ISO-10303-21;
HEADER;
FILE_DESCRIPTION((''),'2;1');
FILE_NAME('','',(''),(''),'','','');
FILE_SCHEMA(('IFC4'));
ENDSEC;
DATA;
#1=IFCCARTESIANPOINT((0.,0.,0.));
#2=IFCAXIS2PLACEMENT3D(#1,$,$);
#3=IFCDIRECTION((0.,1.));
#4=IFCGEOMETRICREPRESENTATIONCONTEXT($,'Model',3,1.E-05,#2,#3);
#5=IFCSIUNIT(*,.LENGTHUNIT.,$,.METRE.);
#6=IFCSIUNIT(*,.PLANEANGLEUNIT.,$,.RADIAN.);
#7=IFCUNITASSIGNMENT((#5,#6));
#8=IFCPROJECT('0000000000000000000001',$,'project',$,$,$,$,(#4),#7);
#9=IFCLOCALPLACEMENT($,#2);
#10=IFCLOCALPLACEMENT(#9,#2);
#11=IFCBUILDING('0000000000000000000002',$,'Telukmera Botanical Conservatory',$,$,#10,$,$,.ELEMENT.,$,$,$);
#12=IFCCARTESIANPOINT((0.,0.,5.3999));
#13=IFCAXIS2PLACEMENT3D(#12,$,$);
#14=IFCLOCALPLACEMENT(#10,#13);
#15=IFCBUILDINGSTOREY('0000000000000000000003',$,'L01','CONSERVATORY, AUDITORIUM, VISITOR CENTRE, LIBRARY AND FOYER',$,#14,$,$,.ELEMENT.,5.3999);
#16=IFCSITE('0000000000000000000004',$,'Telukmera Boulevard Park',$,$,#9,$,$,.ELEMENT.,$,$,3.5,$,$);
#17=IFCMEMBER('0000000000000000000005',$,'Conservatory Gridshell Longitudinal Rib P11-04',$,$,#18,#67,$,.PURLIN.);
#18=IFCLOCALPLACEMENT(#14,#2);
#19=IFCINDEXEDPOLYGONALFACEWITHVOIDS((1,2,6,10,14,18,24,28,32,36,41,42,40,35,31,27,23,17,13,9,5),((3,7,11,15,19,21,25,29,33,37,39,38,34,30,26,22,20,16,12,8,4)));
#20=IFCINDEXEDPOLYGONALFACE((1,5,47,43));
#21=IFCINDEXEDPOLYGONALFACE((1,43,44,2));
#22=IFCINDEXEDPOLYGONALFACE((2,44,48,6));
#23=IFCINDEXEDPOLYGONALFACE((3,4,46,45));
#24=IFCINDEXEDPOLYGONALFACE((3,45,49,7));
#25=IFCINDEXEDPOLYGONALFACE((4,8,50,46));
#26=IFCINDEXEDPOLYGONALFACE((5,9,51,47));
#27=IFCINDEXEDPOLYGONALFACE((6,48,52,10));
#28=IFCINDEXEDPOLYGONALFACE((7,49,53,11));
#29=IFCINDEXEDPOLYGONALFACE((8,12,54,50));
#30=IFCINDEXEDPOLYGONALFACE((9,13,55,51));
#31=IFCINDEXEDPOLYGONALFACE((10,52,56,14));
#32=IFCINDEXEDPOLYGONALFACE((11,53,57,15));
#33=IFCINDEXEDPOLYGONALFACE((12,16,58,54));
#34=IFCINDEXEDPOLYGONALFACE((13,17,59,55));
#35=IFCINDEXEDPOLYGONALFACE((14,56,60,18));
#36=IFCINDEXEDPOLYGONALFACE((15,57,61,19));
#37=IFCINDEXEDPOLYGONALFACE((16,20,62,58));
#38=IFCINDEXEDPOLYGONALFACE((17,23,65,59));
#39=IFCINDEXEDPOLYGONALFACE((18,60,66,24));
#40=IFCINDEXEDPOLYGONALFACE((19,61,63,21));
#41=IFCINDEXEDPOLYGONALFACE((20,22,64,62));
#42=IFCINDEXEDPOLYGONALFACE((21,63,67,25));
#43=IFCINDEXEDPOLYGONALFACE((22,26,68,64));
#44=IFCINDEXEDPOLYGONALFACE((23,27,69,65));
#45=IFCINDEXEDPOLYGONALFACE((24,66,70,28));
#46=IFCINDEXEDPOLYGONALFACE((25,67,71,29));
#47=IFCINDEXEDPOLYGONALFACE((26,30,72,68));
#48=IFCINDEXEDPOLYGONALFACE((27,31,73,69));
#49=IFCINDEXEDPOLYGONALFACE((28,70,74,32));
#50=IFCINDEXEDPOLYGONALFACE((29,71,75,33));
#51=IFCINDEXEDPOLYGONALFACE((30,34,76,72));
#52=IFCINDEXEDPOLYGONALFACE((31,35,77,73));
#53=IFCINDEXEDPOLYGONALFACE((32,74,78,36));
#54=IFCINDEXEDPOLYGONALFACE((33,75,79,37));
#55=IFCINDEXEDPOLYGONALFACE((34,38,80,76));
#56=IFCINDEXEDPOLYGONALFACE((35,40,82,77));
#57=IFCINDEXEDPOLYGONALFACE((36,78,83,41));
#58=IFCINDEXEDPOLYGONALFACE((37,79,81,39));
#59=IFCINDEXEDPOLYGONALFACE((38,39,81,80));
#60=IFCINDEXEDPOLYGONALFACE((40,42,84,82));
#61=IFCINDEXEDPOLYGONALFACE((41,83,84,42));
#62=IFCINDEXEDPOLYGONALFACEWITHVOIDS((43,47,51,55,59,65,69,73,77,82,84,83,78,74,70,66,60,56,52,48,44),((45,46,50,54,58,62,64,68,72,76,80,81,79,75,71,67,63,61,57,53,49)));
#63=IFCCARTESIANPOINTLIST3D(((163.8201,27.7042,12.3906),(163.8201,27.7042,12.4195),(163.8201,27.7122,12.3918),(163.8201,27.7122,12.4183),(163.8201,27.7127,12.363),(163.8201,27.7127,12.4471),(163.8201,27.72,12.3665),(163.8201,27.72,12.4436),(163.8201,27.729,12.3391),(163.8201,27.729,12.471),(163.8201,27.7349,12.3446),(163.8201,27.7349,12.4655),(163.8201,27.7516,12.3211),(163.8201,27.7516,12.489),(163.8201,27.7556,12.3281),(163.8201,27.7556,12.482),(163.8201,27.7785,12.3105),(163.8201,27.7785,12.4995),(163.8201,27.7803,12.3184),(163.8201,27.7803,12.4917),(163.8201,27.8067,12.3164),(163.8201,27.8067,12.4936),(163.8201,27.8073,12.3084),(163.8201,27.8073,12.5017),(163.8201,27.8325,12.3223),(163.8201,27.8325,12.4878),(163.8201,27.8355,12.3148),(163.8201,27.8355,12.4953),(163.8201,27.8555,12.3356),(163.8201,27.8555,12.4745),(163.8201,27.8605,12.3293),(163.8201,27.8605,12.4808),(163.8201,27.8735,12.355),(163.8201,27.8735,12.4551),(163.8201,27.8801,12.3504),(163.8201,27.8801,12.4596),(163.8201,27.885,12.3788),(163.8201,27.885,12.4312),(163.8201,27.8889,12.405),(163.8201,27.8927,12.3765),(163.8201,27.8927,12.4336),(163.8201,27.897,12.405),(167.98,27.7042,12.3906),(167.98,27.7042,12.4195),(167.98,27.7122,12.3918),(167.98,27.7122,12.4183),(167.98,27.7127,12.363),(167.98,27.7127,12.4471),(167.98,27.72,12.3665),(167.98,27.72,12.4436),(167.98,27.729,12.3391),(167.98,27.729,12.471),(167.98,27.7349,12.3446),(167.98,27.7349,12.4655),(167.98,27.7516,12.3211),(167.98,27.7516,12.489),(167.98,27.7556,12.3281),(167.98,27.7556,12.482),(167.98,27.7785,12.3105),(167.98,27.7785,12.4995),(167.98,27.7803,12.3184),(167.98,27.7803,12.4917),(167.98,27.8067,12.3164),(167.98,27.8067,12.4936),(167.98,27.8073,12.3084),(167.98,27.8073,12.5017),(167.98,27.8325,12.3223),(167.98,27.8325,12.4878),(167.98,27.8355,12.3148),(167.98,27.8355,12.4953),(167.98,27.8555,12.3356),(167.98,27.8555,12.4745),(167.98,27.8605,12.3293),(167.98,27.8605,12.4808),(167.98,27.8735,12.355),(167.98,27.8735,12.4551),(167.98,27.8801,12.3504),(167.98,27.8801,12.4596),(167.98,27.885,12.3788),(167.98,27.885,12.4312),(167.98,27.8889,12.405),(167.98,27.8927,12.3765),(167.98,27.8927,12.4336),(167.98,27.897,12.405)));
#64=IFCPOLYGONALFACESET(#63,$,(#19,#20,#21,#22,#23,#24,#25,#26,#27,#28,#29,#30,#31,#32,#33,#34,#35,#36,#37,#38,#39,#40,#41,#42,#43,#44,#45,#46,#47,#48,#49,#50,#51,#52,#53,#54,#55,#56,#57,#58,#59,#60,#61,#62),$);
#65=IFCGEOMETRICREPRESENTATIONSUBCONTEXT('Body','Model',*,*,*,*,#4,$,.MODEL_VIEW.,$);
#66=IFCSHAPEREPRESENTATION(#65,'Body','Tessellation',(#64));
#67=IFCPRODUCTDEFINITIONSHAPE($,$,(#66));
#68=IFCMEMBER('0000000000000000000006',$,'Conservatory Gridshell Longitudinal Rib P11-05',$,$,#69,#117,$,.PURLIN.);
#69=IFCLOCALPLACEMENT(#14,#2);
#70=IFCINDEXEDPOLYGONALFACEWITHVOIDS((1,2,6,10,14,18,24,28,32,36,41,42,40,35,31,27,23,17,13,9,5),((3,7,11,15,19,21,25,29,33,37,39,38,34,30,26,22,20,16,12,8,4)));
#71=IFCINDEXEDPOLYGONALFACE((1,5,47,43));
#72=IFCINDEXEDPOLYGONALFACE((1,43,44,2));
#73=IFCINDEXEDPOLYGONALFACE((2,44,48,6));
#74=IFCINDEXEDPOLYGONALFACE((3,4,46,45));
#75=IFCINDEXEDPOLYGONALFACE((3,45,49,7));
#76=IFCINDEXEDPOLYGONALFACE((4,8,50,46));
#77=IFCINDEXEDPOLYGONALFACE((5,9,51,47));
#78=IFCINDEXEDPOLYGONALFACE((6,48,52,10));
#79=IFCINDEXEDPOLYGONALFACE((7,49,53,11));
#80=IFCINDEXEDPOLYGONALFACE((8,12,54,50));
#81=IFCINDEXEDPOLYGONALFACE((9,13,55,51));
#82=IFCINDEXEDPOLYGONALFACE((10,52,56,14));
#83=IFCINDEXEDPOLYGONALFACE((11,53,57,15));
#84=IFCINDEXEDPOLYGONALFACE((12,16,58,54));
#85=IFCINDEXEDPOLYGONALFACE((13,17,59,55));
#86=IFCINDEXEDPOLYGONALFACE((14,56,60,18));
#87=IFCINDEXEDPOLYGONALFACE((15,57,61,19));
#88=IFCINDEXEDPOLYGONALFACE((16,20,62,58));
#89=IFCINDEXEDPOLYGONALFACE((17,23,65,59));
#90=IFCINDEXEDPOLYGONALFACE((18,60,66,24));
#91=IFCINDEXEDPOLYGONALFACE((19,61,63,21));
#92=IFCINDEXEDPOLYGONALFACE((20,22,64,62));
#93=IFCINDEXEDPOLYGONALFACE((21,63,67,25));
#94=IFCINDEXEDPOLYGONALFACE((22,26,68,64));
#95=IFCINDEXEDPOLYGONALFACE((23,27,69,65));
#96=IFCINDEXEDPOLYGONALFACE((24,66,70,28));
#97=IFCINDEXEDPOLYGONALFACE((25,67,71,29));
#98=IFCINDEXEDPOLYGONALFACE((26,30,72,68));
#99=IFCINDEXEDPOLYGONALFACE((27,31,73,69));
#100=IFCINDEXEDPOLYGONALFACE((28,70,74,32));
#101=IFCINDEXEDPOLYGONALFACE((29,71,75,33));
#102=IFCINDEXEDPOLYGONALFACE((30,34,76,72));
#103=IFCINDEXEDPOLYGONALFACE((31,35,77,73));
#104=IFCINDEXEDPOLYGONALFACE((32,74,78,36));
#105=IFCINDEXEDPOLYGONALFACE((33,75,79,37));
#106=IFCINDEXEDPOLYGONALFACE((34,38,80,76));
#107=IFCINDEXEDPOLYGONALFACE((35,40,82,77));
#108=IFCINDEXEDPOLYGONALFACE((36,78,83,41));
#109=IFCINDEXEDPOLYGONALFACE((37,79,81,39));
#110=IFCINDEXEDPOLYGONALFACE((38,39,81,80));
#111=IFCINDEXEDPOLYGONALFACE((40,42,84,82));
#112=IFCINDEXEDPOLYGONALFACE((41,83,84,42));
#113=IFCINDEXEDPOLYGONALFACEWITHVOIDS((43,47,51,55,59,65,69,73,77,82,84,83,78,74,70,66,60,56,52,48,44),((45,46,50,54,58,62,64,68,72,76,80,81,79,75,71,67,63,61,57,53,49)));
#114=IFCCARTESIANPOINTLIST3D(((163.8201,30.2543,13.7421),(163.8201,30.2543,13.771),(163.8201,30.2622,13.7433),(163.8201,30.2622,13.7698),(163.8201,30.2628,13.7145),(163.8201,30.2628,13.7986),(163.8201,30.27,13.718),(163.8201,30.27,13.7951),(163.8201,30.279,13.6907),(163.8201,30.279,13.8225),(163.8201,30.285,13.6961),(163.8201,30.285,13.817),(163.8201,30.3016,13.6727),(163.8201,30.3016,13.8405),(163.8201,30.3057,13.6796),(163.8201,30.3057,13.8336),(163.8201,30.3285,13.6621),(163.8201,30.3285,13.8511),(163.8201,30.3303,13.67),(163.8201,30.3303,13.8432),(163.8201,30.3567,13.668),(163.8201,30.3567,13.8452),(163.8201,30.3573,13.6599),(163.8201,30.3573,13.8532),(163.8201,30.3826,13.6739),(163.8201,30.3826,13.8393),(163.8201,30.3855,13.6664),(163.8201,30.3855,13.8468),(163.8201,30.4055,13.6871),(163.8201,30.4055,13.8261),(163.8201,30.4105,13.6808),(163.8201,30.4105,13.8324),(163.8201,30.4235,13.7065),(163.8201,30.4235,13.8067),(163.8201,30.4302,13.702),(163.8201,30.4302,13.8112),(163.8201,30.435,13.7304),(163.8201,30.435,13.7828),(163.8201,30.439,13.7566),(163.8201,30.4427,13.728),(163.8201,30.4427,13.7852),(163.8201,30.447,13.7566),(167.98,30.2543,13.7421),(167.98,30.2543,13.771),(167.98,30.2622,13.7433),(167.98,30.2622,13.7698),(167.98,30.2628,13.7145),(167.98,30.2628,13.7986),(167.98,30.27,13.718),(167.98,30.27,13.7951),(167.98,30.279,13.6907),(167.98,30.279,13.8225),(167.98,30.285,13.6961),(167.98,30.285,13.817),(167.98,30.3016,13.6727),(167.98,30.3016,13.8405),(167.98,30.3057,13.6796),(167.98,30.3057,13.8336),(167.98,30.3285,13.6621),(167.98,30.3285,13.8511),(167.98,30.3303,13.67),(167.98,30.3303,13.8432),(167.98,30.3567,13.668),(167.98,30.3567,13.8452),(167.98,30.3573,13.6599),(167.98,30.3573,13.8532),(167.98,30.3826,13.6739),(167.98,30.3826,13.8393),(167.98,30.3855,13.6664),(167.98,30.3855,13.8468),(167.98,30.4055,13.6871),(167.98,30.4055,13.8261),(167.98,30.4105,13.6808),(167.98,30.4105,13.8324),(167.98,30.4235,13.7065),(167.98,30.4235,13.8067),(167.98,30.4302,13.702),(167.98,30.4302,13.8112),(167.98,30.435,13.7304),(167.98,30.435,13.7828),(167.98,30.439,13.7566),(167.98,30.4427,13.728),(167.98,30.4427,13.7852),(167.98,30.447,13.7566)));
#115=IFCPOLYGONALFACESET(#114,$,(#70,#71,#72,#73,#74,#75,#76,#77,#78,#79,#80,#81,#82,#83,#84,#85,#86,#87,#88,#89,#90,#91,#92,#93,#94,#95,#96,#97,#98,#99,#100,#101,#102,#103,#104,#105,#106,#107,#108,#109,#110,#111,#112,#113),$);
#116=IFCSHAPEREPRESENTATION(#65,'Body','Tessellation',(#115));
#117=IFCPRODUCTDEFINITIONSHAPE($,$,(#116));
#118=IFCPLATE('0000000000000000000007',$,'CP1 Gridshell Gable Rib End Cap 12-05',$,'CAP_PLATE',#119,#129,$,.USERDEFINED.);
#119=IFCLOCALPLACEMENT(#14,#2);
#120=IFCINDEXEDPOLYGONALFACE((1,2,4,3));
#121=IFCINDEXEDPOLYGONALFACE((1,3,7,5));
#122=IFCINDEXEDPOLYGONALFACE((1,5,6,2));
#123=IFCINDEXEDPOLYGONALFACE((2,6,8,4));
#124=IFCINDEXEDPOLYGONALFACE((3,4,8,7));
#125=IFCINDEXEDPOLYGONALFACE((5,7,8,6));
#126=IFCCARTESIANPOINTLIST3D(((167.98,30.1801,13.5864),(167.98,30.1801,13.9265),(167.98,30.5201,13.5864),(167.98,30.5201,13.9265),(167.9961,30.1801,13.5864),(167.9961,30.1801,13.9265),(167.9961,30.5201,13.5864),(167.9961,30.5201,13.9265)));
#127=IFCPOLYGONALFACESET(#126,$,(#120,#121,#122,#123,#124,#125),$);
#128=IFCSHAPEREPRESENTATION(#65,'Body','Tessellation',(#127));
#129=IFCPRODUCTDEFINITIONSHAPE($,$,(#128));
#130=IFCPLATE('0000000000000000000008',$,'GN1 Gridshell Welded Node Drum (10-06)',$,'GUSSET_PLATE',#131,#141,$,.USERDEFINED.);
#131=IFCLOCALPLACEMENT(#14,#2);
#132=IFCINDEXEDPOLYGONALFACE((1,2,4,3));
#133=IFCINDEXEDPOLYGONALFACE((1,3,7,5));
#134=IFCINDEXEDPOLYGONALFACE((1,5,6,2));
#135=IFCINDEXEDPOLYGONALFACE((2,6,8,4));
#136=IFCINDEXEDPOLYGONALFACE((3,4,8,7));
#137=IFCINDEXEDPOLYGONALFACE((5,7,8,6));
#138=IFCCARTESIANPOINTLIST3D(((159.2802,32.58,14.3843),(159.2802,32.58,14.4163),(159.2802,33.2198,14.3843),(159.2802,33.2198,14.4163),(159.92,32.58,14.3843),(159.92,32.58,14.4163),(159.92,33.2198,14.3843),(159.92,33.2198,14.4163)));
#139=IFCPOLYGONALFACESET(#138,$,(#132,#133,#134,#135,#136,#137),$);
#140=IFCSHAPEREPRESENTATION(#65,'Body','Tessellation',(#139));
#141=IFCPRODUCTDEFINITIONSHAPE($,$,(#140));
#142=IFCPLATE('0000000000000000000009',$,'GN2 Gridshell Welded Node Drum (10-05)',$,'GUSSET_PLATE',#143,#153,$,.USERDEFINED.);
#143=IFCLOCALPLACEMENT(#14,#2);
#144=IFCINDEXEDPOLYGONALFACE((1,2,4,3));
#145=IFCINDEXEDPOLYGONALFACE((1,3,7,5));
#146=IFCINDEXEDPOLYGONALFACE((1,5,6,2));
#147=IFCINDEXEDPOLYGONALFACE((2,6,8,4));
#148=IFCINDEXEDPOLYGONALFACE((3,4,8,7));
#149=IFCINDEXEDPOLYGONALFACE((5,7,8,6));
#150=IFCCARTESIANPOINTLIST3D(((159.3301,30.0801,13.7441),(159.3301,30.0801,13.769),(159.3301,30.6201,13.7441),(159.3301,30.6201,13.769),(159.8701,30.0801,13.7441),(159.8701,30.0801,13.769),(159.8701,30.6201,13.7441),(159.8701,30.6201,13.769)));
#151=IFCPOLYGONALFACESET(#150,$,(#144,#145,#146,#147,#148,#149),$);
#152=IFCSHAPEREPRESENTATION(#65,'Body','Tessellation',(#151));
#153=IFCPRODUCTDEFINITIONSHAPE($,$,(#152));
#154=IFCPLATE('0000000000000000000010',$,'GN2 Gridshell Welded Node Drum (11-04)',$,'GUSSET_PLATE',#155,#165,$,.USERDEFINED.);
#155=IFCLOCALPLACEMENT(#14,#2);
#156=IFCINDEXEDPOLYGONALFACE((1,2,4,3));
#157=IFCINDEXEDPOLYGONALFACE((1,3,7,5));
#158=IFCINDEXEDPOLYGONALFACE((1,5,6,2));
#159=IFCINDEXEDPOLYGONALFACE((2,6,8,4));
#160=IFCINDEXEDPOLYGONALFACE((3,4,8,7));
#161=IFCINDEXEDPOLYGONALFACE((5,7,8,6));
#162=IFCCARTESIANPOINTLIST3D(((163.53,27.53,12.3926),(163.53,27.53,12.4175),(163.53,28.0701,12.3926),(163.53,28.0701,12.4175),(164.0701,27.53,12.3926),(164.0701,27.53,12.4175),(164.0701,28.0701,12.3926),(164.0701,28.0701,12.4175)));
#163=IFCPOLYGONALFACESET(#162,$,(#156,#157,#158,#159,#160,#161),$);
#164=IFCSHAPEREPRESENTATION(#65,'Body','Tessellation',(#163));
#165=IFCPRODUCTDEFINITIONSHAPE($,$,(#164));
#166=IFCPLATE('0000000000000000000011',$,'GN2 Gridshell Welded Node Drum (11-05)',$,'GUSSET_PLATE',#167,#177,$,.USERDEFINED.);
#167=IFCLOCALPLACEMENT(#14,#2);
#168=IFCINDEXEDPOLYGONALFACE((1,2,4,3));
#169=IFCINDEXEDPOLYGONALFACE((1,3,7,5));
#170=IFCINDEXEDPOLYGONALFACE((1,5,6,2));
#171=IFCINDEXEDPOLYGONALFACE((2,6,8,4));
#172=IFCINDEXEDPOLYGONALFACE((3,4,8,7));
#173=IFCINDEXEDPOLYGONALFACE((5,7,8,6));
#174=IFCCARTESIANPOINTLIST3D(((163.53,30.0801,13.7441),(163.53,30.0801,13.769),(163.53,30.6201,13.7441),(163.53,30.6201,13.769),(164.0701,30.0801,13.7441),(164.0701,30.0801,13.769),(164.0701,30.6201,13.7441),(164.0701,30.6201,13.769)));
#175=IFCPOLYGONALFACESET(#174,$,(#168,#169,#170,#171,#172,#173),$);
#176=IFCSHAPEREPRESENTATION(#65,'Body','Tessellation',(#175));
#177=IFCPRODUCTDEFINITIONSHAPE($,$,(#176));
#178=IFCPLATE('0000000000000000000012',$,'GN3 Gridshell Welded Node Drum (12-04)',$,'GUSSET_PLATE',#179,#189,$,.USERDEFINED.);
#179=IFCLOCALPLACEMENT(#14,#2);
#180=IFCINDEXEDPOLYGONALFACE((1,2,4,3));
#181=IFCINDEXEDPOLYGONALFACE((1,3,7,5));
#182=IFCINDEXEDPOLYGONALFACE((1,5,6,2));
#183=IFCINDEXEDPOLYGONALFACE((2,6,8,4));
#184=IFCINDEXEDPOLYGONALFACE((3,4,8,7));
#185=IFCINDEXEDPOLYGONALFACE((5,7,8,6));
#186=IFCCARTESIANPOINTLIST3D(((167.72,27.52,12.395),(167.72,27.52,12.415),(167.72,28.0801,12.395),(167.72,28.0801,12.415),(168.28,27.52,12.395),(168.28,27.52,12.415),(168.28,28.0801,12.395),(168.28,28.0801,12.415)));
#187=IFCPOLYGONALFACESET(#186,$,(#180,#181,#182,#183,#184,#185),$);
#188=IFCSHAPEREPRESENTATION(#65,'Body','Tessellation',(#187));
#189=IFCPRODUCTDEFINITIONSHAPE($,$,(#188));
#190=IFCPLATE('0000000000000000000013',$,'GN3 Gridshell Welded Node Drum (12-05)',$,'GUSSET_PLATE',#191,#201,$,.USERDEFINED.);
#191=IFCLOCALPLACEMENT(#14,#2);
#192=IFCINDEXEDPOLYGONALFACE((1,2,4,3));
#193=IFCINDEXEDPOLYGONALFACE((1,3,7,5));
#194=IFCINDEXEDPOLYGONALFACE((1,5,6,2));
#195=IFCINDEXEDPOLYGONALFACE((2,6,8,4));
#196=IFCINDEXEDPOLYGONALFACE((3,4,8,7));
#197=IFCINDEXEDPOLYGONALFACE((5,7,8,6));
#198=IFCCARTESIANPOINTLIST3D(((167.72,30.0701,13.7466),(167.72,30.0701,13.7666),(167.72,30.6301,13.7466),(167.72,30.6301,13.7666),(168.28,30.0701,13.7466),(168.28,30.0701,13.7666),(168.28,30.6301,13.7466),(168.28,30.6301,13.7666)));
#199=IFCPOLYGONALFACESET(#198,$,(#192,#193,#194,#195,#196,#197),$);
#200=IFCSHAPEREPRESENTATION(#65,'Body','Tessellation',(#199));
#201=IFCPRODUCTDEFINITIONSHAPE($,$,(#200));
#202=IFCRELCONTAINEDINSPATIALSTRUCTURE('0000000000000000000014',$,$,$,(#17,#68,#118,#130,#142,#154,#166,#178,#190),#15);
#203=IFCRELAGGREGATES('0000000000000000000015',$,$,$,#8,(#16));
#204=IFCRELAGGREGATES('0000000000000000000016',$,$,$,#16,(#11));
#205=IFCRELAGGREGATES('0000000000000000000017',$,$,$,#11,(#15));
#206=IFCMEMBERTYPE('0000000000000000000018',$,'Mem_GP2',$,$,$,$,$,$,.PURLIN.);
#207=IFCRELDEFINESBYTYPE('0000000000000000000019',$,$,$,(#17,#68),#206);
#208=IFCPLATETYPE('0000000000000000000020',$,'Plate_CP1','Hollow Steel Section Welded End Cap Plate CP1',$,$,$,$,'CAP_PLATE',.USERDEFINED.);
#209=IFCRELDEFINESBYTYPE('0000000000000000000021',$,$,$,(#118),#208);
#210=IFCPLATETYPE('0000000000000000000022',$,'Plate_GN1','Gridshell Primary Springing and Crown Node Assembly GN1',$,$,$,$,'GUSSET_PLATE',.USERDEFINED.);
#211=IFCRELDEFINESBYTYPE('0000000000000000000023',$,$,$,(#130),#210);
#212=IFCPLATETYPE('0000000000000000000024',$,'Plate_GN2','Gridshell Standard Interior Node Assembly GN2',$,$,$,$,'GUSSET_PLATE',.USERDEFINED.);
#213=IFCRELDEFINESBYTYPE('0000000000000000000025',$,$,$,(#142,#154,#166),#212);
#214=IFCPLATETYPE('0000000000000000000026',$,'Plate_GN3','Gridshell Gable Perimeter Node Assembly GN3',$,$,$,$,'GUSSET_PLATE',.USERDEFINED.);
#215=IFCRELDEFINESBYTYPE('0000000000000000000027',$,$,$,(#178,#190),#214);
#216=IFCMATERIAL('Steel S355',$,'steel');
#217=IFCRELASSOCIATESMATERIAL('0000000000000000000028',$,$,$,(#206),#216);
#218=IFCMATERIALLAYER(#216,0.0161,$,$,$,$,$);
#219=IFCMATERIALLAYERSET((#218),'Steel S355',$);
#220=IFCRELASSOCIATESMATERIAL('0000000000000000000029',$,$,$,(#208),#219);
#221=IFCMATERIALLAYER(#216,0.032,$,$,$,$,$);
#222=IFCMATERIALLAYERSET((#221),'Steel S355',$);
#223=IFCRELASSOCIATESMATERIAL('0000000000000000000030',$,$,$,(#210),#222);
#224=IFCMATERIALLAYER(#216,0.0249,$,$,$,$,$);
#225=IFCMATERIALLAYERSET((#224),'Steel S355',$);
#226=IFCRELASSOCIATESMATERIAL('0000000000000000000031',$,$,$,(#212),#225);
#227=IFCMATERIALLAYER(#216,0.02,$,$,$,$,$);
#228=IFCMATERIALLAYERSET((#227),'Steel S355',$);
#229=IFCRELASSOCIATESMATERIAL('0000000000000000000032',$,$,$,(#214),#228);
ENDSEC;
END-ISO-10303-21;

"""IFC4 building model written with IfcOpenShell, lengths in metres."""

from ifc_helpers import new_model, si_unit, direction, frame, origin, origin_2d, place, context, subcontext, project, spatial, rectangle, hollow_circle, extrude, material, layer, layer_set, material_profile, profile_set, type_object, element, save


model = new_model("IFC4")

# Units and contexts
model_context = context("Model", 3, precision=1e-05, world=origin(), true_north=direction((0.0, 1.0)))
body_context = subcontext(model_context, "Body", "Model", "MODEL_VIEW")
ifc_project = project(units=[si_unit("LENGTHUNIT", "METRE"), si_unit("PLANEANGLEUNIT", "RADIAN")], contexts=[model_context])

# Site, building, storey
site_placement = place(None, origin())
site = spatial("IfcSite", under=ifc_project, at=site_placement, Name="Telukmera Boulevard Park", CompositionType="ELEMENT", RefElevation=3.5)
building_placement = place(site_placement, origin())
building = spatial("IfcBuilding", under=site, at=building_placement, Name="Telukmera Botanical Conservatory", CompositionType="ELEMENT")
storey_placement = place(building_placement, frame((0.0, 0.0, 5.3999)))
storey = spatial("IfcBuildingStorey", under=building, at=storey_placement, Name="L01", Description="CONSERVATORY, AUDITORIUM, VISITOR CENTRE, LIBRARY AND FOYER", CompositionType="ELEMENT", Elevation=5.3999)

# Shared definitions
ifc_material = material(Name="Steel S355", Category="steel")

# Members
ifc_material_profile_1 = material_profile(ifc_material, hollow_circle(Radius=0.0969, WallThickness=0.0081, at=origin_2d()), Name="CHS 193.7x8.0")
ifc_profile_set_1 = profile_set([ifc_material_profile_1], Name="Steel S355")
member_type_1 = type_object("IfcMemberType", Name="Mem_GP2", PredefinedType="PURLIN", material=ifc_profile_set_1)
for number, where, z_axis, x_axis, name in (
    (1, (163.8201, 27.8, 12.405), (1.0, 0.0, 0.0), (0.0, 1.0, 0.0), "Conservatory Gridshell Longitudinal Rib P11-04"),
    (2, (163.8201, 30.3501, 13.7566), (1.0, 0.0, 0.0), (0.0, 1.0, 0.0), "Conservatory Gridshell Longitudinal Rib P11-05"),
):
    element("IfcMember", number, at=place(storey_placement, frame(where, z_axis=z_axis, x_axis=x_axis)), inside=storey, type_object=member_type_1, Name=name, PredefinedType="PURLIN", context=body_context, shape_type="SweptSolid", body=[
        extrude(hollow_circle(Radius=0.0969, WallThickness=0.0081, at=origin_2d()), origin(), (0.0, 0.0, 1.0), 4.1599),
    ])

# Plates
ifc_layer_1 = layer(ifc_material, 0.0161)
ifc_layer_set_1 = layer_set([ifc_layer_1], Name="Steel S355")
plate_type_1 = type_object("IfcPlateType", Name="Plate_CP1", Description="Hollow Steel Section Welded End Cap Plate CP1", ElementType="CAP_PLATE", PredefinedType="USERDEFINED", material=ifc_layer_set_1)
plate_1_placement = place(storey_placement, frame((167.988, 30.3501, 13.5864), z_axis=(0.0, 0.0, 1.0), x_axis=(1.0, 0.0, 0.0)))
element("IfcPlate", 3, at=plate_1_placement, inside=storey, type_object=plate_type_1, Name="CP1 Gridshell Gable Rib End Cap 12-05", ObjectType="CAP_PLATE", PredefinedType="USERDEFINED", context=body_context, shape_type="SweptSolid", body=[
    extrude(rectangle(XDim=0.0161, YDim=0.3401, at=origin_2d()), origin(), (0.0, 0.0, 1.0), 0.3401),
])
ifc_layer_2 = layer(ifc_material, 0.032)
ifc_layer_set_2 = layer_set([ifc_layer_2], Name="Steel S355")
plate_type_2 = type_object("IfcPlateType", Name="Plate_GN1", Description="Gridshell Primary Springing and Crown Node Assembly GN1", ElementType="GUSSET_PLATE", PredefinedType="USERDEFINED", material=ifc_layer_set_2)
plate_2_placement = place(storey_placement, frame((159.6001, 32.8999, 14.3843), z_axis=(0.0, 0.0, 1.0), x_axis=(1.0, 0.0, 0.0)))
element("IfcPlate", 4, at=plate_2_placement, inside=storey, type_object=plate_type_2, Name="GN1 Gridshell Welded Node Drum (10-06)", ObjectType="GUSSET_PLATE", PredefinedType="USERDEFINED", context=body_context, shape_type="SweptSolid", body=[
    extrude(rectangle(XDim=0.6399, YDim=0.6399, at=origin_2d()), origin(), (0.0, 0.0, 1.0), 0.032),
])
ifc_layer_3 = layer(ifc_material, 0.0249)
ifc_layer_set_3 = layer_set([ifc_layer_3], Name="Steel S355")
plate_type_3 = type_object("IfcPlateType", Name="Plate_GN2", Description="Gridshell Standard Interior Node Assembly GN2", ElementType="GUSSET_PLATE", PredefinedType="USERDEFINED", material=ifc_layer_set_3)
for number, where, z_axis, x_axis, name in (
    (5, (159.6001, 30.3501, 13.7441), (0.0, 0.0, 1.0), (1.0, 0.0, 0.0), "GN2 Gridshell Welded Node Drum (10-05)"),
    (6, (163.8, 27.8, 12.3926), (0.0, 0.0, 1.0), (1.0, 0.0, 0.0), "GN2 Gridshell Welded Node Drum (11-04)"),
    (7, (163.8, 30.3501, 13.7441), (0.0, 0.0, 1.0), (1.0, 0.0, 0.0), "GN2 Gridshell Welded Node Drum (11-05)"),
):
    element("IfcPlate", number, at=place(storey_placement, frame(where, z_axis=z_axis, x_axis=x_axis)), inside=storey, type_object=plate_type_3, Name=name, ObjectType="GUSSET_PLATE", PredefinedType="USERDEFINED", context=body_context, shape_type="SweptSolid", body=[
        extrude(rectangle(XDim=0.54, YDim=0.54, at=origin_2d()), origin(), (0.0, 0.0, 1.0), 0.0249),
    ])
ifc_layer_4 = layer(ifc_material, 0.02)
ifc_layer_set_4 = layer_set([ifc_layer_4], Name="Steel S355")
plate_type_4 = type_object("IfcPlateType", Name="Plate_GN3", Description="Gridshell Gable Perimeter Node Assembly GN3", ElementType="GUSSET_PLATE", PredefinedType="USERDEFINED", material=ifc_layer_set_4)
for number, where, z_axis, x_axis, name in (
    (8, (168.0, 27.8, 12.395), (0.0, 0.0, 1.0), (1.0, 0.0, 0.0), "GN3 Gridshell Welded Node Drum (12-04)"),
    (9, (168.0, 30.3501, 13.7466), (0.0, 0.0, 1.0), (1.0, 0.0, 0.0), "GN3 Gridshell Welded Node Drum (12-05)"),
):
    element("IfcPlate", number, at=place(storey_placement, frame(where, z_axis=z_axis, x_axis=x_axis)), inside=storey, type_object=plate_type_4, Name=name, ObjectType="GUSSET_PLATE", PredefinedType="USERDEFINED", context=body_context, shape_type="SweptSolid", body=[
        extrude(rectangle(XDim=0.5601, YDim=0.5601, at=origin_2d()), origin(), (0.0, 0.0, 1.0), 0.02),
    ])

save(model, "model.ifc")
